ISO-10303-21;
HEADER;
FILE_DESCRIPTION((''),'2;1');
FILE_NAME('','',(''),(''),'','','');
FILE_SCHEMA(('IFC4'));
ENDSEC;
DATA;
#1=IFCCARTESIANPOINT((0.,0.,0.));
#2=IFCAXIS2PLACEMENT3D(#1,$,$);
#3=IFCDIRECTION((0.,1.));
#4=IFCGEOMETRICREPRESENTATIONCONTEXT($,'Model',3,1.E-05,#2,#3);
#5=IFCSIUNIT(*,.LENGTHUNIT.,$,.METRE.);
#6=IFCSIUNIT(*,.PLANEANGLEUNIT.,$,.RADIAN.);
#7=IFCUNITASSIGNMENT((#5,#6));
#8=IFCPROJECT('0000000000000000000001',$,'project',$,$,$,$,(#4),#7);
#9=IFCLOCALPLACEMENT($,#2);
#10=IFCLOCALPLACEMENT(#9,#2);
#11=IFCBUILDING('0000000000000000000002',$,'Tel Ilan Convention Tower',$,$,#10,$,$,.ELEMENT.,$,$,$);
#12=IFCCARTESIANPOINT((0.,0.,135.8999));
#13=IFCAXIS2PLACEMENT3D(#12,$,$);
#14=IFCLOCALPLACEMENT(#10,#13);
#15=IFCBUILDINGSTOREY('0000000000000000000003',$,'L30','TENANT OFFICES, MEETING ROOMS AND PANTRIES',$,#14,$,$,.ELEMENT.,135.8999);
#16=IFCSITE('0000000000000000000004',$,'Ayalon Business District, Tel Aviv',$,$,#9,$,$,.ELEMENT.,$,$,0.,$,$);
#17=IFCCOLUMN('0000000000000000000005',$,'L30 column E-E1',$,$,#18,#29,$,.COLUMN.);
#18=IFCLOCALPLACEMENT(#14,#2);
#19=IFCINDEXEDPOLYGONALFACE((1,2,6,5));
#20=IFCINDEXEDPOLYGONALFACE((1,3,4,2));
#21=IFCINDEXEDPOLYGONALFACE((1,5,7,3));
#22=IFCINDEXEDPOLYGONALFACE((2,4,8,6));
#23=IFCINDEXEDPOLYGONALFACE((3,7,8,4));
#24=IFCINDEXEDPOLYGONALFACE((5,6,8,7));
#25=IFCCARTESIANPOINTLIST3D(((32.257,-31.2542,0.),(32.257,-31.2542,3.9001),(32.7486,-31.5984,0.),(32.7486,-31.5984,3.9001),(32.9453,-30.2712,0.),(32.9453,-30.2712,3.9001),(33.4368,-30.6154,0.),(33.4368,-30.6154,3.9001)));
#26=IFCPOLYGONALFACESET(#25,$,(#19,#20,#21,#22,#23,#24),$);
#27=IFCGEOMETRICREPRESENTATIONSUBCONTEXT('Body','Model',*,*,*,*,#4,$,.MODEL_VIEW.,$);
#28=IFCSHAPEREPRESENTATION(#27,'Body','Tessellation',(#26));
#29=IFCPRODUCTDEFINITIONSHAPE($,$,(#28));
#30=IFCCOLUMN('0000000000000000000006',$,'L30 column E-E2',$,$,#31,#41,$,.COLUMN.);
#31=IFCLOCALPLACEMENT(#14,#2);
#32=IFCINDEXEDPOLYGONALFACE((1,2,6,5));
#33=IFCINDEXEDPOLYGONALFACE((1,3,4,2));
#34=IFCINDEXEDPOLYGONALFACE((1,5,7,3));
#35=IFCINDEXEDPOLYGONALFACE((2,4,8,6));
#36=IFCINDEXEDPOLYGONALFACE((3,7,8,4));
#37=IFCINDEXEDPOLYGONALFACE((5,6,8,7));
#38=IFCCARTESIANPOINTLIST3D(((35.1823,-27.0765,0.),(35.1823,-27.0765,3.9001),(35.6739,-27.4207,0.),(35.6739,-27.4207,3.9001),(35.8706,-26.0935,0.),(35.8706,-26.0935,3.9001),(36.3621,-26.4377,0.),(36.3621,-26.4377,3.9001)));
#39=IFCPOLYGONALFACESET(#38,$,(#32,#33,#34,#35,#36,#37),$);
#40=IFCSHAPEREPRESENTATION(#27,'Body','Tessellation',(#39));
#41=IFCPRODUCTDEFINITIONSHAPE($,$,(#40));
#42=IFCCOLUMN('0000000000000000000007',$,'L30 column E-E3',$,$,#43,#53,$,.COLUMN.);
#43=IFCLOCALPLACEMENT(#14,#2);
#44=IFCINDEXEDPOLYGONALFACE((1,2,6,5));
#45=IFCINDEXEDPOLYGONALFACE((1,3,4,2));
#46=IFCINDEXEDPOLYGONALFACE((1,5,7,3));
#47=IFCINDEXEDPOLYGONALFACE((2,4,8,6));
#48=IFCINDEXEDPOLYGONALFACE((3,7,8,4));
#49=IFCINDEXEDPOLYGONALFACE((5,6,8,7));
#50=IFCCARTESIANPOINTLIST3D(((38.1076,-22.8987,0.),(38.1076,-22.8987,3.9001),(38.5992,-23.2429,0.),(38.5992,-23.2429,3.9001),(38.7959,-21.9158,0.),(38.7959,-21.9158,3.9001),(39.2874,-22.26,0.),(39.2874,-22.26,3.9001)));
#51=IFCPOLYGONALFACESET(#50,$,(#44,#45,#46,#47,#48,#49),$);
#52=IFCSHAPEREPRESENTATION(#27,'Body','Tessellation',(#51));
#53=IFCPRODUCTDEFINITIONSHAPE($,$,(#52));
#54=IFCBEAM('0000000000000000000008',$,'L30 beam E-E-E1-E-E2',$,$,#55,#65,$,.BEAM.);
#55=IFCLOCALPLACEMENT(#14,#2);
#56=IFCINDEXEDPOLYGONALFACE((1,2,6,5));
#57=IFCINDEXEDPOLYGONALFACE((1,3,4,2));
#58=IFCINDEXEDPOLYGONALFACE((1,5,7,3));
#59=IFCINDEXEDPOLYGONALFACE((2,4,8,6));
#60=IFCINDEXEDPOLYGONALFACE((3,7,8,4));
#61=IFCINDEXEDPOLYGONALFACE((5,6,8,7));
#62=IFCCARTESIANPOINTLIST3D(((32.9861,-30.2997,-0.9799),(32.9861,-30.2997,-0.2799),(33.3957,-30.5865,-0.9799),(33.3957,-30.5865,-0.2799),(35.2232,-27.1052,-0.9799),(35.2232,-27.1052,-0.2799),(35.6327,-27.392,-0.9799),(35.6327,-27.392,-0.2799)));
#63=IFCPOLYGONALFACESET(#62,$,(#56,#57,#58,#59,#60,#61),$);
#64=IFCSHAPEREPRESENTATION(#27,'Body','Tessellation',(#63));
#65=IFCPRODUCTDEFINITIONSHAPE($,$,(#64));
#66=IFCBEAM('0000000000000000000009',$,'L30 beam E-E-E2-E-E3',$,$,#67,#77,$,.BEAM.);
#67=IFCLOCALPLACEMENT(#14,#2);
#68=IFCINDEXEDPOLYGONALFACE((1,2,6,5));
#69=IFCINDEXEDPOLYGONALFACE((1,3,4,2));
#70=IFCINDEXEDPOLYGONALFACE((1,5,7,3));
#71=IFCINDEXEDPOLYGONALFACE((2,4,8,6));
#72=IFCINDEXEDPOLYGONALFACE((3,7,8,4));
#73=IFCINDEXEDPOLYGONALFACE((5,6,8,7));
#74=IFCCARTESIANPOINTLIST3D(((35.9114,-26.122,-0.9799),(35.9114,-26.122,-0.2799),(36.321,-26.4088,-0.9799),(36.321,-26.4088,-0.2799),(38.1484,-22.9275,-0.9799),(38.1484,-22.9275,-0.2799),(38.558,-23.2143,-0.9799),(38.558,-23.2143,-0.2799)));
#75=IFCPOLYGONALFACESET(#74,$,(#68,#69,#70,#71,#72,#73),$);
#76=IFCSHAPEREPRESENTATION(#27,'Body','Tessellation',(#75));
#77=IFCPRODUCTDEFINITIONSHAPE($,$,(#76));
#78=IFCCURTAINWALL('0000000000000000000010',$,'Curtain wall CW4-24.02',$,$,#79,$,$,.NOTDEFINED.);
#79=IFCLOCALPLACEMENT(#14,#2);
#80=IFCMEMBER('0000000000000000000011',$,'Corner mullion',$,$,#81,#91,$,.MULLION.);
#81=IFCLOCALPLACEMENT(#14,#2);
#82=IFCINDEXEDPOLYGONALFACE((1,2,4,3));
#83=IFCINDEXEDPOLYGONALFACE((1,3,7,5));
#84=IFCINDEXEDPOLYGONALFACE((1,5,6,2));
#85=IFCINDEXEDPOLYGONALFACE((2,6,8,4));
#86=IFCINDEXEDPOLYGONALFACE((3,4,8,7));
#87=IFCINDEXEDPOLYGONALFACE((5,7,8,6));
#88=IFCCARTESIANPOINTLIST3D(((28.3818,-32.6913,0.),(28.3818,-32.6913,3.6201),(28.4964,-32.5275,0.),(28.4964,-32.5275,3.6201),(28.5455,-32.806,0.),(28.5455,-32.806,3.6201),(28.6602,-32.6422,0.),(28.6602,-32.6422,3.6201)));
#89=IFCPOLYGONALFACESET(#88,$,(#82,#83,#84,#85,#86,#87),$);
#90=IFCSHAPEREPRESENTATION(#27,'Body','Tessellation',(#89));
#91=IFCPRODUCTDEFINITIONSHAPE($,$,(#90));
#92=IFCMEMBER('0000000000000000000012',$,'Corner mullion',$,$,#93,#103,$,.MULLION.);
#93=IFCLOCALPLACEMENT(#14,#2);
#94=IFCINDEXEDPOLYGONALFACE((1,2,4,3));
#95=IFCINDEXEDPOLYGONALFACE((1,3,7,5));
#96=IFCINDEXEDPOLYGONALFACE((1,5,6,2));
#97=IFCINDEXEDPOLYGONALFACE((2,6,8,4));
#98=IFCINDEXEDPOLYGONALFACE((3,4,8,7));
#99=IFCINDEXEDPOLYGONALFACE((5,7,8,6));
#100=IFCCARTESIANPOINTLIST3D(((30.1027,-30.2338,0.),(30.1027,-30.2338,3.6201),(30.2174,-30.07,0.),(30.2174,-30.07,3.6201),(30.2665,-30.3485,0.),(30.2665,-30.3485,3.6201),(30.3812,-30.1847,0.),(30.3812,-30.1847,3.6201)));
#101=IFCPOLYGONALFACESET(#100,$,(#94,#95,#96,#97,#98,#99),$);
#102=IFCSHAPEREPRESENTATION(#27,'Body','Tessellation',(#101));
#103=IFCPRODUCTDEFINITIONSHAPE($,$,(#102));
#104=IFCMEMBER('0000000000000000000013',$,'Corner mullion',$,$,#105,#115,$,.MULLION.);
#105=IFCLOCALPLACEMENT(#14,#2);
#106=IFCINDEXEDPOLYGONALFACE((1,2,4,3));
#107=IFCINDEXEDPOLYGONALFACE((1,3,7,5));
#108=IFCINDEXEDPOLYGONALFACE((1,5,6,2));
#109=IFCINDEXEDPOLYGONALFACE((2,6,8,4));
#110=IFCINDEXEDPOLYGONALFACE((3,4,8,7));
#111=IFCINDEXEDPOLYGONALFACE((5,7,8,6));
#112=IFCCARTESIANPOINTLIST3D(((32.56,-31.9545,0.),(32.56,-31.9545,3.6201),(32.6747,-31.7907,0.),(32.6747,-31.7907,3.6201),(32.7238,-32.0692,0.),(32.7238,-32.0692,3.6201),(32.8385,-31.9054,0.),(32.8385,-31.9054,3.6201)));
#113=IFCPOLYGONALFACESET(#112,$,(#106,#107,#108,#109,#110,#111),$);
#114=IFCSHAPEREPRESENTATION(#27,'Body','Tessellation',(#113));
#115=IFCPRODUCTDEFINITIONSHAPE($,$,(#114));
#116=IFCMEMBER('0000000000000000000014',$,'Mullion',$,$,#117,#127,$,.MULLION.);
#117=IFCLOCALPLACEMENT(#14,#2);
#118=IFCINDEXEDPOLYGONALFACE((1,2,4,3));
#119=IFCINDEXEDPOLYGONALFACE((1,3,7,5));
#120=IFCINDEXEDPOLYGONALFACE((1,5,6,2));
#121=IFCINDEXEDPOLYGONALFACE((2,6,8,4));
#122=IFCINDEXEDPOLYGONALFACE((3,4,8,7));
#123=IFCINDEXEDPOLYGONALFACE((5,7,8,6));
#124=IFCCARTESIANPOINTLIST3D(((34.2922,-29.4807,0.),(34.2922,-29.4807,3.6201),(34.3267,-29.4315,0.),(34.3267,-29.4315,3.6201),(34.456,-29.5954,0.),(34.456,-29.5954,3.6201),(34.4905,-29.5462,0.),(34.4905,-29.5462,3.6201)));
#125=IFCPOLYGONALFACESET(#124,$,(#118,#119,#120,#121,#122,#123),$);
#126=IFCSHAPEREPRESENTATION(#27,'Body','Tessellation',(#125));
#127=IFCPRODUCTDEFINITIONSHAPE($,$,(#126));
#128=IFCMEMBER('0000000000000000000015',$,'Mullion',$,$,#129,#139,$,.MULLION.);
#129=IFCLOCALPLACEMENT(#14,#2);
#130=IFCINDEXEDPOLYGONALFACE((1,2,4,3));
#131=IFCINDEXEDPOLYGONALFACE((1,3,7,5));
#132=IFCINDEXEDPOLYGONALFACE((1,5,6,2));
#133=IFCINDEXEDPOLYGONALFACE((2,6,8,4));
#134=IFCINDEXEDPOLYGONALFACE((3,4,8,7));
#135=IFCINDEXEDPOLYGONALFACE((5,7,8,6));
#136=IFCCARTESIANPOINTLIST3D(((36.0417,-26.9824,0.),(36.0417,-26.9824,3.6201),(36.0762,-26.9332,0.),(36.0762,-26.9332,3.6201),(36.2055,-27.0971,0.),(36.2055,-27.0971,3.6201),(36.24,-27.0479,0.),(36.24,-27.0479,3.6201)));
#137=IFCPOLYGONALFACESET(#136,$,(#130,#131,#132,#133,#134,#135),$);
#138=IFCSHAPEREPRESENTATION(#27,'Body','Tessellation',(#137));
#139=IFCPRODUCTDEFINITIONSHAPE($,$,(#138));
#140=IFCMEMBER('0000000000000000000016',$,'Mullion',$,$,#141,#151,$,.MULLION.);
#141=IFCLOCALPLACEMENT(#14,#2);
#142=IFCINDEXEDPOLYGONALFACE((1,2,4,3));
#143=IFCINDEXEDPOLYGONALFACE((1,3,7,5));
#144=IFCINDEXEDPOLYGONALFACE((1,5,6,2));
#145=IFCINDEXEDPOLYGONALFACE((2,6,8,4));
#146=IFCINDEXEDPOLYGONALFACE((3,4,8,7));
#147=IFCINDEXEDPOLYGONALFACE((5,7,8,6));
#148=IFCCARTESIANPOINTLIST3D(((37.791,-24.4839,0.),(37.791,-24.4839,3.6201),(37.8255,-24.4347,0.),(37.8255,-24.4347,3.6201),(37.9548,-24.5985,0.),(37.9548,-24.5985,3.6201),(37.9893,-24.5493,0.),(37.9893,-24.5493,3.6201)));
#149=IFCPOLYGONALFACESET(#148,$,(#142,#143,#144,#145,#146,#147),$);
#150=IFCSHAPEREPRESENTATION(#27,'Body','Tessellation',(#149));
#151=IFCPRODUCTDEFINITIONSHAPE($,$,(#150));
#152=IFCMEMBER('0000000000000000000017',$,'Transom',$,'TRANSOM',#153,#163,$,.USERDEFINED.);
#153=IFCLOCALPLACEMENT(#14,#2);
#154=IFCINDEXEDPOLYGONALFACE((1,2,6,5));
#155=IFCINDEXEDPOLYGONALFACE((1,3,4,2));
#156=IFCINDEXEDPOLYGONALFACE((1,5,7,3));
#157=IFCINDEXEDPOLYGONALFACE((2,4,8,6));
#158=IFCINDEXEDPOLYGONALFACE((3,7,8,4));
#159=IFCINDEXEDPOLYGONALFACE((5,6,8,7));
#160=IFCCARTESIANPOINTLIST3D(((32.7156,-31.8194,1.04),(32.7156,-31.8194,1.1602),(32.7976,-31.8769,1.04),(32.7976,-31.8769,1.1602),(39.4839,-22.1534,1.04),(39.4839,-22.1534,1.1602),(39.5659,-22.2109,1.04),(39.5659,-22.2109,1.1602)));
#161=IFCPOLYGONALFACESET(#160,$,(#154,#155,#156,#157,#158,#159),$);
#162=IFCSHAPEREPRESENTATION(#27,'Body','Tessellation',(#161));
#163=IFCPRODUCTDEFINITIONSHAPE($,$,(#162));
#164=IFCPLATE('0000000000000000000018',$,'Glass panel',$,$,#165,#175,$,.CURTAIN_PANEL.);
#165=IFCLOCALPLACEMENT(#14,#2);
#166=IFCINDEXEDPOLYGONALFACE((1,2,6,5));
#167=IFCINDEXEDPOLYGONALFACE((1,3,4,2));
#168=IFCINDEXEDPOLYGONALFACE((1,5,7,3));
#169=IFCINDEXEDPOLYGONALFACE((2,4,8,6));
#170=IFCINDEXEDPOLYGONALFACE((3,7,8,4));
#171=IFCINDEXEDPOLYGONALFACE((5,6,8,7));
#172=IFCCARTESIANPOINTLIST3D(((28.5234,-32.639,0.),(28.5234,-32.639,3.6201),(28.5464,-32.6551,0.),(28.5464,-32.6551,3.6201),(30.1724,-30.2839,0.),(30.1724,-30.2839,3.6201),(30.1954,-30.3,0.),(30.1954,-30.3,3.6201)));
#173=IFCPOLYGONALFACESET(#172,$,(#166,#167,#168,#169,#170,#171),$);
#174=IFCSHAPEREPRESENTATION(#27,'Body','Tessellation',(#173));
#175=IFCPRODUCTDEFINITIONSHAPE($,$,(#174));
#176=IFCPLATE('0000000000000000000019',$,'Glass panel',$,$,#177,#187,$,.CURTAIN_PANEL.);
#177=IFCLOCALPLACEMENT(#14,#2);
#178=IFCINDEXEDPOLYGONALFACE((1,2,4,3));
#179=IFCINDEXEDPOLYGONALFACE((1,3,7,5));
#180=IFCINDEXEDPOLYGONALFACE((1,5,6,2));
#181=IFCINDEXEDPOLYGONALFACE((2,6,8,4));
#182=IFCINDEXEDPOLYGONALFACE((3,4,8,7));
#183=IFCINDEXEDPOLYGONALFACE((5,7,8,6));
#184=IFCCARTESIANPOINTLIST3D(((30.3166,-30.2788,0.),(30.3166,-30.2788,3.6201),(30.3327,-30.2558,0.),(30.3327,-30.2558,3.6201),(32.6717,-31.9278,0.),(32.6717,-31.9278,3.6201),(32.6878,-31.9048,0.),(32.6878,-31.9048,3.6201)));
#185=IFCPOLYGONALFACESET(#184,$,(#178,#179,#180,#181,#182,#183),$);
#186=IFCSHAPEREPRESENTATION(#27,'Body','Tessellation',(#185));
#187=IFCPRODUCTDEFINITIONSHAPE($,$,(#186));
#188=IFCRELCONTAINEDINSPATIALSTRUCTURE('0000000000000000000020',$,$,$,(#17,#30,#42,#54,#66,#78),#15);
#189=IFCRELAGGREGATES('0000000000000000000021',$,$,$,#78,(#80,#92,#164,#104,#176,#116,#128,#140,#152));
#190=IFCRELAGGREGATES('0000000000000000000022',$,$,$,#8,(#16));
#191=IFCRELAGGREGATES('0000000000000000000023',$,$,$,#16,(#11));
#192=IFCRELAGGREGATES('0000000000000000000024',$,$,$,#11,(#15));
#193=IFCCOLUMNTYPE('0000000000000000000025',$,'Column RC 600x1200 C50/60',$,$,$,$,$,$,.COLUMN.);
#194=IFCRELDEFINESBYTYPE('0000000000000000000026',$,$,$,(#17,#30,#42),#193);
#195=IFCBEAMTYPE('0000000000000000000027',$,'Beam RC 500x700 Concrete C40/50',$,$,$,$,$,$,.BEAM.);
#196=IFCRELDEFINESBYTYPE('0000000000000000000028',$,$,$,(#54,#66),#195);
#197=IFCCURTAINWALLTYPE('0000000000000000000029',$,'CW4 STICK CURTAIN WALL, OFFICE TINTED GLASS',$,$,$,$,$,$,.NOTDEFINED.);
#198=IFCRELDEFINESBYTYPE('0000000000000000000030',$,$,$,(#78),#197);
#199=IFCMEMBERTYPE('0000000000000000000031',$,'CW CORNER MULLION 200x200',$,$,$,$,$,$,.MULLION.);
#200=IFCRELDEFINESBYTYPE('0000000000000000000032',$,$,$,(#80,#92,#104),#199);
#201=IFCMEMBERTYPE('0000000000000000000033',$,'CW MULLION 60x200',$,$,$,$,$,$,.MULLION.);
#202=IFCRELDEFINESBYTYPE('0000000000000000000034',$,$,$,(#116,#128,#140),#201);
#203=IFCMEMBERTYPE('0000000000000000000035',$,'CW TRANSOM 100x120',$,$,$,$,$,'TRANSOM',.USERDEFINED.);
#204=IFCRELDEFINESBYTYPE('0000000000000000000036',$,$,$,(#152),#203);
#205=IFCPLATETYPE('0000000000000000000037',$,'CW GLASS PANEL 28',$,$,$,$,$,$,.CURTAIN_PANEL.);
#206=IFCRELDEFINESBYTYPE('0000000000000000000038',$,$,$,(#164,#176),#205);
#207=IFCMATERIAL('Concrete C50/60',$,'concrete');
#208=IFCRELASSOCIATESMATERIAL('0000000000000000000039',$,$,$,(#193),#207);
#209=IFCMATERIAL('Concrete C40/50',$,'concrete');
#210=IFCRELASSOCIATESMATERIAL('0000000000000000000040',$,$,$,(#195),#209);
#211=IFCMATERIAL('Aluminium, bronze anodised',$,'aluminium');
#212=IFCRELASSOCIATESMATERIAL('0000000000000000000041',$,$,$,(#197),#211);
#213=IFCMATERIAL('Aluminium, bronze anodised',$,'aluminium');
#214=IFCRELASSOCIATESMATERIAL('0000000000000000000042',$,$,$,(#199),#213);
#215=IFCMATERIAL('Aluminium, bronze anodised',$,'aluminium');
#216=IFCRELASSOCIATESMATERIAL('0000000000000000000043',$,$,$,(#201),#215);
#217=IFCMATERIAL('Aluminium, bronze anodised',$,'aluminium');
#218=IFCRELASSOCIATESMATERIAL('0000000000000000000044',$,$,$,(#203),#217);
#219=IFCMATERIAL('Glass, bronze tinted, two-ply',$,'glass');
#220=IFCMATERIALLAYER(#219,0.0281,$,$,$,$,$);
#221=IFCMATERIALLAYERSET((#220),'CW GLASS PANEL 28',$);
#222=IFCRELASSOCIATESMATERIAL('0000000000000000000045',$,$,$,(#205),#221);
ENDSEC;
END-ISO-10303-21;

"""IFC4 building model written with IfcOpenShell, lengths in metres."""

from ifc_helpers import new_model, si_unit, direction, frame, origin, origin_2d, place, context, subcontext, project, spatial, rectangle, extrude, material, layer, layer_set, material_profile, profile_set, type_object, element, aggregate, save


model = new_model("IFC4")

# Units and contexts
model_context = context("Model", 3, precision=1e-05, world=origin(), true_north=direction((0.0, 1.0)))
body_context = subcontext(model_context, "Body", "Model", "MODEL_VIEW")
ifc_project = project(units=[si_unit("LENGTHUNIT", "METRE"), si_unit("PLANEANGLEUNIT", "RADIAN")], contexts=[model_context])

# Site, building, storey
site_placement = place(None, origin())
site = spatial("IfcSite", under=ifc_project, at=site_placement, Name="Ayalon Business District, Tel Aviv", CompositionType="ELEMENT", RefElevation=0.0)
building_placement = place(site_placement, origin())
building = spatial("IfcBuilding", under=site, at=building_placement, Name="Tel Ilan Convention Tower", CompositionType="ELEMENT")
storey_placement = place(building_placement, frame((0.0, 0.0, 135.8999)))
storey = spatial("IfcBuildingStorey", under=building, at=storey_placement, Name="L30", Description="TENANT OFFICES, MEETING ROOMS AND PANTRIES", CompositionType="ELEMENT", Elevation=135.8999)

# Columns
ifc_material_1 = material(Name="Concrete C50/60", Category="concrete")
ifc_material_profile_1 = material_profile(ifc_material_1, rectangle(XDim=1.2, YDim=0.6001, at=origin_2d()), Name="RC 600x1200")
ifc_profile_set_1 = profile_set([ifc_material_profile_1], Name="Concrete C50/60")
column_type = type_object("IfcColumnType", Name="Column RC 600x1200 C50/60", PredefinedType="COLUMN", material=ifc_profile_set_1)
for number, where, z_axis, x_axis, name in (
    (1, (32.8469, -30.9348, 0.0), (0.0, 0.0, 1.0), (0.573576, 0.819152, 0.0), "L30 column E-E1"),
    (2, (35.7722, -26.7571, 0.0), (0.0, 0.0, 1.0), (0.573576, 0.819152, 0.0), "L30 column E-E2"),
    (3, (38.6975, -22.5793, 0.0), (0.0, 0.0, 1.0), (0.573576, 0.819152, 0.0), "L30 column E-E3"),
):
    element("IfcColumn", number, at=place(storey_placement, frame(where, z_axis=z_axis, x_axis=x_axis)), inside=storey, type_object=column_type, Name=name, PredefinedType="COLUMN", context=body_context, shape_type="SweptSolid", body=[
        extrude(rectangle(XDim=1.2, YDim=0.6001, at=origin_2d()), origin(), (0.0, 0.0, 1.0), 3.9001),
    ])

# Beams
ifc_material_2 = material(Name="Concrete C40/50", Category="concrete")
ifc_material_profile_2 = material_profile(ifc_material_2, rectangle(XDim=0.5, YDim=0.7, at=origin_2d()), Name="RC 500x700")
ifc_profile_set_2 = profile_set([ifc_material_profile_2], Name="Concrete C40/50")
beam_type = type_object("IfcBeamType", Name="Beam RC 500x700 Concrete C40/50", PredefinedType="BEAM", material=ifc_profile_set_2)
for number, where, z_axis, x_axis, name in (
    (4, (33.1909, -30.4431, -0.6299), (0.573609, 0.819129, 0.0), (-0.819129, 0.573609, 0.0), "L30 beam E-E-E1-E-E2"),
    (5, (36.1162, -26.2654, -0.6299), (0.573609, 0.819129, 0.0), (-0.819129, 0.573609, 0.0), "L30 beam E-E-E2-E-E3"),
):
    element("IfcBeam", number, at=place(storey_placement, frame(where, z_axis=z_axis, x_axis=x_axis)), inside=storey, type_object=beam_type, Name=name, PredefinedType="BEAM", context=body_context, shape_type="SweptSolid", body=[
        extrude(rectangle(XDim=0.5, YDim=0.7, at=origin_2d()), origin(), (0.0, 0.0, 1.0), 3.8999),
    ])

# Curtain wall, members, plates
ifc_material_3 = material(Name="Aluminium, bronze anodised", Category="aluminium")
curtain_wall_type = type_object("IfcCurtainWallType", Name="CW4 STICK CURTAIN WALL, OFFICE TINTED GLASS", PredefinedType="NOTDEFINED", material=ifc_material_3)
curtain_wall_placement = place(storey_placement, origin())
curtain_wall = element("IfcCurtainWall", 6, at=curtain_wall_placement, inside=storey, type_object=curtain_wall_type, Name="Curtain wall CW4-24.02", PredefinedType="NOTDEFINED")
ifc_material_4 = material(Name="Aluminium, bronze anodised", Category="aluminium")
ifc_material_profile_3 = material_profile(ifc_material_4, rectangle(XDim=0.2, YDim=0.2, at=origin_2d()), Name="CW CORNER MULLION 200x200")
ifc_profile_set_3 = profile_set([ifc_material_profile_3], Name="Aluminium, bronze anodised")
member_type_1 = type_object("IfcMemberType", Name="CW CORNER MULLION 200x200", PredefinedType="MULLION", material=ifc_profile_set_3)
member_1_placement = place(storey_placement, frame((28.521, -32.6667, 0.0), z_axis=(0.0, 0.0, 1.0), x_axis=(0.819152, -0.573576, 0.0)))
member_1 = element("IfcMember", 7, at=member_1_placement, type_object=member_type_1, Name="Corner mullion", PredefinedType="MULLION", context=body_context, shape_type="SweptSolid", body=[
    extrude(rectangle(XDim=0.2, YDim=0.2, at=origin_2d()), origin(), (0.0, 0.0, 1.0), 3.6201),
])
member_2_placement = place(storey_placement, frame((30.2419, -30.2092, 0.0), z_axis=(0.0, 0.0, 1.0), x_axis=(0.573576, 0.819152, 0.0)))
member_2 = element("IfcMember", 8, at=member_2_placement, type_object=member_type_1, Name="Corner mullion", PredefinedType="MULLION", context=body_context, shape_type="SweptSolid", body=[
    extrude(rectangle(XDim=0.2, YDim=0.2, at=origin_2d()), origin(), (0.0, 0.0, 1.0), 3.6201),
])
member_3_placement = place(storey_placement, frame((32.6992, -31.9299, 0.0), z_axis=(0.0, 0.0, 1.0), x_axis=(0.819152, -0.573576, 0.0)))
member_3 = element("IfcMember", 9, at=member_3_placement, type_object=member_type_1, Name="Corner mullion", PredefinedType="MULLION", context=body_context, shape_type="SweptSolid", body=[
    extrude(rectangle(XDim=0.2, YDim=0.2, at=origin_2d()), origin(), (0.0, 0.0, 1.0), 3.6201),
])
ifc_material_5 = material(Name="Aluminium, bronze anodised", Category="aluminium")
ifc_material_profile_4 = material_profile(ifc_material_5, rectangle(XDim=0.0601, YDim=0.2, at=origin_2d()), Name="CW MULLION 60x200")
ifc_profile_set_4 = profile_set([ifc_material_profile_4], Name="Aluminium, bronze anodised")
member_type_2 = type_object("IfcMemberType", Name="CW MULLION 60x200", PredefinedType="MULLION", material=ifc_profile_set_4)
member_4_placement = place(storey_placement, frame((34.3914, -29.5134, 0.0), z_axis=(0.0, 0.0, 1.0), x_axis=(0.573576, 0.819152, 0.0)))
member_4 = element("IfcMember", 10, at=member_4_placement, type_object=member_type_2, Name="Mullion", PredefinedType="MULLION", context=body_context, shape_type="SweptSolid", body=[
    extrude(rectangle(XDim=0.0601, YDim=0.2, at=origin_2d()), origin(), (0.0, 0.0, 1.0), 3.6201),
])
member_5_placement = place(storey_placement, frame((36.1409, -27.0151, 0.0), z_axis=(0.0, 0.0, 1.0), x_axis=(0.573576, 0.819152, 0.0)))
member_5 = element("IfcMember", 11, at=member_5_placement, type_object=member_type_2, Name="Mullion", PredefinedType="MULLION", context=body_context, shape_type="SweptSolid", body=[
    extrude(rectangle(XDim=0.0601, YDim=0.2, at=origin_2d()), origin(), (0.0, 0.0, 1.0), 3.6201),
])
member_6_placement = place(storey_placement, frame((37.8901, -24.5166, 0.0), z_axis=(0.0, 0.0, 1.0), x_axis=(0.573576, 0.819152, 0.0)))
member_6 = element("IfcMember", 12, at=member_6_placement, type_object=member_type_2, Name="Mullion", PredefinedType="MULLION", context=body_context, shape_type="SweptSolid", body=[
    extrude(rectangle(XDim=0.0601, YDim=0.2, at=origin_2d()), origin(), (0.0, 0.0, 1.0), 3.6201),
])
ifc_material_6 = material(Name="Aluminium, bronze anodised", Category="aluminium")
ifc_material_profile_5 = material_profile(ifc_material_6, rectangle(XDim=0.1001, YDim=0.1201, at=origin_2d()), Name="CW TRANSOM 100x120")
ifc_profile_set_5 = profile_set([ifc_material_profile_5], Name="Aluminium, bronze anodised")
member_type_3 = type_object("IfcMemberType", Name="CW TRANSOM 100x120", ElementType="TRANSOM", PredefinedType="USERDEFINED", material=ifc_profile_set_5)
member_7_placement = place(storey_placement, frame((32.7566, -31.8481, 1.1001), z_axis=(0.573582, 0.819148, 0.0), x_axis=(-0.819148, 0.573582, 0.0)))
member_7 = element("IfcMember", 13, at=member_7_placement, type_object=member_type_3, Name="Transom", ObjectType="TRANSOM", PredefinedType="USERDEFINED", context=body_context, shape_type="SweptSolid", body=[
    extrude(rectangle(XDim=0.1001, YDim=0.1201, at=origin_2d()), origin(), (0.0, 0.0, 1.0), 11.8),
])
ifc_material_7 = material(Name="Glass, bronze tinted, two-ply", Category="glass")
ifc_layer_1 = layer(ifc_material_7, 0.0281)
ifc_layer_set_1 = layer_set([ifc_layer_1], Name="CW GLASS PANEL 28")
plate_type = type_object("IfcPlateType", Name="CW GLASS PANEL 28", PredefinedType="CURTAIN_PANEL", material=ifc_layer_set_1)
plate_1_placement = place(storey_placement, frame((29.3594, -31.4695, 0.0), z_axis=(0.0, 0.0, 1.0), x_axis=(0.573576, 0.819152, 0.0)))
plate_1 = element("IfcPlate", 14, at=plate_1_placement, type_object=plate_type, Name="Glass panel", PredefinedType="CURTAIN_PANEL", context=body_context, shape_type="SweptSolid", body=[
    extrude(rectangle(XDim=2.875, YDim=0.0281, at=origin_2d()), origin(), (0.0, 0.0, 1.0), 3.6201),
])
plate_2_placement = place(storey_placement, frame((31.5022, -31.0918, 0.0), z_axis=(0.0, 0.0, 1.0), x_axis=(0.819152, -0.573576, 0.0)))
plate_2 = element("IfcPlate", 15, at=plate_2_placement, type_object=plate_type, Name="Glass panel", PredefinedType="CURTAIN_PANEL", context=body_context, shape_type="SweptSolid", body=[
    extrude(rectangle(XDim=2.875, YDim=0.0281, at=origin_2d()), origin(), (0.0, 0.0, 1.0), 3.6201),
])
aggregate(curtain_wall, [member_1, member_2, plate_1, member_3, plate_2, member_4, member_5, member_6, member_7])

save(model, "model.ifc")
